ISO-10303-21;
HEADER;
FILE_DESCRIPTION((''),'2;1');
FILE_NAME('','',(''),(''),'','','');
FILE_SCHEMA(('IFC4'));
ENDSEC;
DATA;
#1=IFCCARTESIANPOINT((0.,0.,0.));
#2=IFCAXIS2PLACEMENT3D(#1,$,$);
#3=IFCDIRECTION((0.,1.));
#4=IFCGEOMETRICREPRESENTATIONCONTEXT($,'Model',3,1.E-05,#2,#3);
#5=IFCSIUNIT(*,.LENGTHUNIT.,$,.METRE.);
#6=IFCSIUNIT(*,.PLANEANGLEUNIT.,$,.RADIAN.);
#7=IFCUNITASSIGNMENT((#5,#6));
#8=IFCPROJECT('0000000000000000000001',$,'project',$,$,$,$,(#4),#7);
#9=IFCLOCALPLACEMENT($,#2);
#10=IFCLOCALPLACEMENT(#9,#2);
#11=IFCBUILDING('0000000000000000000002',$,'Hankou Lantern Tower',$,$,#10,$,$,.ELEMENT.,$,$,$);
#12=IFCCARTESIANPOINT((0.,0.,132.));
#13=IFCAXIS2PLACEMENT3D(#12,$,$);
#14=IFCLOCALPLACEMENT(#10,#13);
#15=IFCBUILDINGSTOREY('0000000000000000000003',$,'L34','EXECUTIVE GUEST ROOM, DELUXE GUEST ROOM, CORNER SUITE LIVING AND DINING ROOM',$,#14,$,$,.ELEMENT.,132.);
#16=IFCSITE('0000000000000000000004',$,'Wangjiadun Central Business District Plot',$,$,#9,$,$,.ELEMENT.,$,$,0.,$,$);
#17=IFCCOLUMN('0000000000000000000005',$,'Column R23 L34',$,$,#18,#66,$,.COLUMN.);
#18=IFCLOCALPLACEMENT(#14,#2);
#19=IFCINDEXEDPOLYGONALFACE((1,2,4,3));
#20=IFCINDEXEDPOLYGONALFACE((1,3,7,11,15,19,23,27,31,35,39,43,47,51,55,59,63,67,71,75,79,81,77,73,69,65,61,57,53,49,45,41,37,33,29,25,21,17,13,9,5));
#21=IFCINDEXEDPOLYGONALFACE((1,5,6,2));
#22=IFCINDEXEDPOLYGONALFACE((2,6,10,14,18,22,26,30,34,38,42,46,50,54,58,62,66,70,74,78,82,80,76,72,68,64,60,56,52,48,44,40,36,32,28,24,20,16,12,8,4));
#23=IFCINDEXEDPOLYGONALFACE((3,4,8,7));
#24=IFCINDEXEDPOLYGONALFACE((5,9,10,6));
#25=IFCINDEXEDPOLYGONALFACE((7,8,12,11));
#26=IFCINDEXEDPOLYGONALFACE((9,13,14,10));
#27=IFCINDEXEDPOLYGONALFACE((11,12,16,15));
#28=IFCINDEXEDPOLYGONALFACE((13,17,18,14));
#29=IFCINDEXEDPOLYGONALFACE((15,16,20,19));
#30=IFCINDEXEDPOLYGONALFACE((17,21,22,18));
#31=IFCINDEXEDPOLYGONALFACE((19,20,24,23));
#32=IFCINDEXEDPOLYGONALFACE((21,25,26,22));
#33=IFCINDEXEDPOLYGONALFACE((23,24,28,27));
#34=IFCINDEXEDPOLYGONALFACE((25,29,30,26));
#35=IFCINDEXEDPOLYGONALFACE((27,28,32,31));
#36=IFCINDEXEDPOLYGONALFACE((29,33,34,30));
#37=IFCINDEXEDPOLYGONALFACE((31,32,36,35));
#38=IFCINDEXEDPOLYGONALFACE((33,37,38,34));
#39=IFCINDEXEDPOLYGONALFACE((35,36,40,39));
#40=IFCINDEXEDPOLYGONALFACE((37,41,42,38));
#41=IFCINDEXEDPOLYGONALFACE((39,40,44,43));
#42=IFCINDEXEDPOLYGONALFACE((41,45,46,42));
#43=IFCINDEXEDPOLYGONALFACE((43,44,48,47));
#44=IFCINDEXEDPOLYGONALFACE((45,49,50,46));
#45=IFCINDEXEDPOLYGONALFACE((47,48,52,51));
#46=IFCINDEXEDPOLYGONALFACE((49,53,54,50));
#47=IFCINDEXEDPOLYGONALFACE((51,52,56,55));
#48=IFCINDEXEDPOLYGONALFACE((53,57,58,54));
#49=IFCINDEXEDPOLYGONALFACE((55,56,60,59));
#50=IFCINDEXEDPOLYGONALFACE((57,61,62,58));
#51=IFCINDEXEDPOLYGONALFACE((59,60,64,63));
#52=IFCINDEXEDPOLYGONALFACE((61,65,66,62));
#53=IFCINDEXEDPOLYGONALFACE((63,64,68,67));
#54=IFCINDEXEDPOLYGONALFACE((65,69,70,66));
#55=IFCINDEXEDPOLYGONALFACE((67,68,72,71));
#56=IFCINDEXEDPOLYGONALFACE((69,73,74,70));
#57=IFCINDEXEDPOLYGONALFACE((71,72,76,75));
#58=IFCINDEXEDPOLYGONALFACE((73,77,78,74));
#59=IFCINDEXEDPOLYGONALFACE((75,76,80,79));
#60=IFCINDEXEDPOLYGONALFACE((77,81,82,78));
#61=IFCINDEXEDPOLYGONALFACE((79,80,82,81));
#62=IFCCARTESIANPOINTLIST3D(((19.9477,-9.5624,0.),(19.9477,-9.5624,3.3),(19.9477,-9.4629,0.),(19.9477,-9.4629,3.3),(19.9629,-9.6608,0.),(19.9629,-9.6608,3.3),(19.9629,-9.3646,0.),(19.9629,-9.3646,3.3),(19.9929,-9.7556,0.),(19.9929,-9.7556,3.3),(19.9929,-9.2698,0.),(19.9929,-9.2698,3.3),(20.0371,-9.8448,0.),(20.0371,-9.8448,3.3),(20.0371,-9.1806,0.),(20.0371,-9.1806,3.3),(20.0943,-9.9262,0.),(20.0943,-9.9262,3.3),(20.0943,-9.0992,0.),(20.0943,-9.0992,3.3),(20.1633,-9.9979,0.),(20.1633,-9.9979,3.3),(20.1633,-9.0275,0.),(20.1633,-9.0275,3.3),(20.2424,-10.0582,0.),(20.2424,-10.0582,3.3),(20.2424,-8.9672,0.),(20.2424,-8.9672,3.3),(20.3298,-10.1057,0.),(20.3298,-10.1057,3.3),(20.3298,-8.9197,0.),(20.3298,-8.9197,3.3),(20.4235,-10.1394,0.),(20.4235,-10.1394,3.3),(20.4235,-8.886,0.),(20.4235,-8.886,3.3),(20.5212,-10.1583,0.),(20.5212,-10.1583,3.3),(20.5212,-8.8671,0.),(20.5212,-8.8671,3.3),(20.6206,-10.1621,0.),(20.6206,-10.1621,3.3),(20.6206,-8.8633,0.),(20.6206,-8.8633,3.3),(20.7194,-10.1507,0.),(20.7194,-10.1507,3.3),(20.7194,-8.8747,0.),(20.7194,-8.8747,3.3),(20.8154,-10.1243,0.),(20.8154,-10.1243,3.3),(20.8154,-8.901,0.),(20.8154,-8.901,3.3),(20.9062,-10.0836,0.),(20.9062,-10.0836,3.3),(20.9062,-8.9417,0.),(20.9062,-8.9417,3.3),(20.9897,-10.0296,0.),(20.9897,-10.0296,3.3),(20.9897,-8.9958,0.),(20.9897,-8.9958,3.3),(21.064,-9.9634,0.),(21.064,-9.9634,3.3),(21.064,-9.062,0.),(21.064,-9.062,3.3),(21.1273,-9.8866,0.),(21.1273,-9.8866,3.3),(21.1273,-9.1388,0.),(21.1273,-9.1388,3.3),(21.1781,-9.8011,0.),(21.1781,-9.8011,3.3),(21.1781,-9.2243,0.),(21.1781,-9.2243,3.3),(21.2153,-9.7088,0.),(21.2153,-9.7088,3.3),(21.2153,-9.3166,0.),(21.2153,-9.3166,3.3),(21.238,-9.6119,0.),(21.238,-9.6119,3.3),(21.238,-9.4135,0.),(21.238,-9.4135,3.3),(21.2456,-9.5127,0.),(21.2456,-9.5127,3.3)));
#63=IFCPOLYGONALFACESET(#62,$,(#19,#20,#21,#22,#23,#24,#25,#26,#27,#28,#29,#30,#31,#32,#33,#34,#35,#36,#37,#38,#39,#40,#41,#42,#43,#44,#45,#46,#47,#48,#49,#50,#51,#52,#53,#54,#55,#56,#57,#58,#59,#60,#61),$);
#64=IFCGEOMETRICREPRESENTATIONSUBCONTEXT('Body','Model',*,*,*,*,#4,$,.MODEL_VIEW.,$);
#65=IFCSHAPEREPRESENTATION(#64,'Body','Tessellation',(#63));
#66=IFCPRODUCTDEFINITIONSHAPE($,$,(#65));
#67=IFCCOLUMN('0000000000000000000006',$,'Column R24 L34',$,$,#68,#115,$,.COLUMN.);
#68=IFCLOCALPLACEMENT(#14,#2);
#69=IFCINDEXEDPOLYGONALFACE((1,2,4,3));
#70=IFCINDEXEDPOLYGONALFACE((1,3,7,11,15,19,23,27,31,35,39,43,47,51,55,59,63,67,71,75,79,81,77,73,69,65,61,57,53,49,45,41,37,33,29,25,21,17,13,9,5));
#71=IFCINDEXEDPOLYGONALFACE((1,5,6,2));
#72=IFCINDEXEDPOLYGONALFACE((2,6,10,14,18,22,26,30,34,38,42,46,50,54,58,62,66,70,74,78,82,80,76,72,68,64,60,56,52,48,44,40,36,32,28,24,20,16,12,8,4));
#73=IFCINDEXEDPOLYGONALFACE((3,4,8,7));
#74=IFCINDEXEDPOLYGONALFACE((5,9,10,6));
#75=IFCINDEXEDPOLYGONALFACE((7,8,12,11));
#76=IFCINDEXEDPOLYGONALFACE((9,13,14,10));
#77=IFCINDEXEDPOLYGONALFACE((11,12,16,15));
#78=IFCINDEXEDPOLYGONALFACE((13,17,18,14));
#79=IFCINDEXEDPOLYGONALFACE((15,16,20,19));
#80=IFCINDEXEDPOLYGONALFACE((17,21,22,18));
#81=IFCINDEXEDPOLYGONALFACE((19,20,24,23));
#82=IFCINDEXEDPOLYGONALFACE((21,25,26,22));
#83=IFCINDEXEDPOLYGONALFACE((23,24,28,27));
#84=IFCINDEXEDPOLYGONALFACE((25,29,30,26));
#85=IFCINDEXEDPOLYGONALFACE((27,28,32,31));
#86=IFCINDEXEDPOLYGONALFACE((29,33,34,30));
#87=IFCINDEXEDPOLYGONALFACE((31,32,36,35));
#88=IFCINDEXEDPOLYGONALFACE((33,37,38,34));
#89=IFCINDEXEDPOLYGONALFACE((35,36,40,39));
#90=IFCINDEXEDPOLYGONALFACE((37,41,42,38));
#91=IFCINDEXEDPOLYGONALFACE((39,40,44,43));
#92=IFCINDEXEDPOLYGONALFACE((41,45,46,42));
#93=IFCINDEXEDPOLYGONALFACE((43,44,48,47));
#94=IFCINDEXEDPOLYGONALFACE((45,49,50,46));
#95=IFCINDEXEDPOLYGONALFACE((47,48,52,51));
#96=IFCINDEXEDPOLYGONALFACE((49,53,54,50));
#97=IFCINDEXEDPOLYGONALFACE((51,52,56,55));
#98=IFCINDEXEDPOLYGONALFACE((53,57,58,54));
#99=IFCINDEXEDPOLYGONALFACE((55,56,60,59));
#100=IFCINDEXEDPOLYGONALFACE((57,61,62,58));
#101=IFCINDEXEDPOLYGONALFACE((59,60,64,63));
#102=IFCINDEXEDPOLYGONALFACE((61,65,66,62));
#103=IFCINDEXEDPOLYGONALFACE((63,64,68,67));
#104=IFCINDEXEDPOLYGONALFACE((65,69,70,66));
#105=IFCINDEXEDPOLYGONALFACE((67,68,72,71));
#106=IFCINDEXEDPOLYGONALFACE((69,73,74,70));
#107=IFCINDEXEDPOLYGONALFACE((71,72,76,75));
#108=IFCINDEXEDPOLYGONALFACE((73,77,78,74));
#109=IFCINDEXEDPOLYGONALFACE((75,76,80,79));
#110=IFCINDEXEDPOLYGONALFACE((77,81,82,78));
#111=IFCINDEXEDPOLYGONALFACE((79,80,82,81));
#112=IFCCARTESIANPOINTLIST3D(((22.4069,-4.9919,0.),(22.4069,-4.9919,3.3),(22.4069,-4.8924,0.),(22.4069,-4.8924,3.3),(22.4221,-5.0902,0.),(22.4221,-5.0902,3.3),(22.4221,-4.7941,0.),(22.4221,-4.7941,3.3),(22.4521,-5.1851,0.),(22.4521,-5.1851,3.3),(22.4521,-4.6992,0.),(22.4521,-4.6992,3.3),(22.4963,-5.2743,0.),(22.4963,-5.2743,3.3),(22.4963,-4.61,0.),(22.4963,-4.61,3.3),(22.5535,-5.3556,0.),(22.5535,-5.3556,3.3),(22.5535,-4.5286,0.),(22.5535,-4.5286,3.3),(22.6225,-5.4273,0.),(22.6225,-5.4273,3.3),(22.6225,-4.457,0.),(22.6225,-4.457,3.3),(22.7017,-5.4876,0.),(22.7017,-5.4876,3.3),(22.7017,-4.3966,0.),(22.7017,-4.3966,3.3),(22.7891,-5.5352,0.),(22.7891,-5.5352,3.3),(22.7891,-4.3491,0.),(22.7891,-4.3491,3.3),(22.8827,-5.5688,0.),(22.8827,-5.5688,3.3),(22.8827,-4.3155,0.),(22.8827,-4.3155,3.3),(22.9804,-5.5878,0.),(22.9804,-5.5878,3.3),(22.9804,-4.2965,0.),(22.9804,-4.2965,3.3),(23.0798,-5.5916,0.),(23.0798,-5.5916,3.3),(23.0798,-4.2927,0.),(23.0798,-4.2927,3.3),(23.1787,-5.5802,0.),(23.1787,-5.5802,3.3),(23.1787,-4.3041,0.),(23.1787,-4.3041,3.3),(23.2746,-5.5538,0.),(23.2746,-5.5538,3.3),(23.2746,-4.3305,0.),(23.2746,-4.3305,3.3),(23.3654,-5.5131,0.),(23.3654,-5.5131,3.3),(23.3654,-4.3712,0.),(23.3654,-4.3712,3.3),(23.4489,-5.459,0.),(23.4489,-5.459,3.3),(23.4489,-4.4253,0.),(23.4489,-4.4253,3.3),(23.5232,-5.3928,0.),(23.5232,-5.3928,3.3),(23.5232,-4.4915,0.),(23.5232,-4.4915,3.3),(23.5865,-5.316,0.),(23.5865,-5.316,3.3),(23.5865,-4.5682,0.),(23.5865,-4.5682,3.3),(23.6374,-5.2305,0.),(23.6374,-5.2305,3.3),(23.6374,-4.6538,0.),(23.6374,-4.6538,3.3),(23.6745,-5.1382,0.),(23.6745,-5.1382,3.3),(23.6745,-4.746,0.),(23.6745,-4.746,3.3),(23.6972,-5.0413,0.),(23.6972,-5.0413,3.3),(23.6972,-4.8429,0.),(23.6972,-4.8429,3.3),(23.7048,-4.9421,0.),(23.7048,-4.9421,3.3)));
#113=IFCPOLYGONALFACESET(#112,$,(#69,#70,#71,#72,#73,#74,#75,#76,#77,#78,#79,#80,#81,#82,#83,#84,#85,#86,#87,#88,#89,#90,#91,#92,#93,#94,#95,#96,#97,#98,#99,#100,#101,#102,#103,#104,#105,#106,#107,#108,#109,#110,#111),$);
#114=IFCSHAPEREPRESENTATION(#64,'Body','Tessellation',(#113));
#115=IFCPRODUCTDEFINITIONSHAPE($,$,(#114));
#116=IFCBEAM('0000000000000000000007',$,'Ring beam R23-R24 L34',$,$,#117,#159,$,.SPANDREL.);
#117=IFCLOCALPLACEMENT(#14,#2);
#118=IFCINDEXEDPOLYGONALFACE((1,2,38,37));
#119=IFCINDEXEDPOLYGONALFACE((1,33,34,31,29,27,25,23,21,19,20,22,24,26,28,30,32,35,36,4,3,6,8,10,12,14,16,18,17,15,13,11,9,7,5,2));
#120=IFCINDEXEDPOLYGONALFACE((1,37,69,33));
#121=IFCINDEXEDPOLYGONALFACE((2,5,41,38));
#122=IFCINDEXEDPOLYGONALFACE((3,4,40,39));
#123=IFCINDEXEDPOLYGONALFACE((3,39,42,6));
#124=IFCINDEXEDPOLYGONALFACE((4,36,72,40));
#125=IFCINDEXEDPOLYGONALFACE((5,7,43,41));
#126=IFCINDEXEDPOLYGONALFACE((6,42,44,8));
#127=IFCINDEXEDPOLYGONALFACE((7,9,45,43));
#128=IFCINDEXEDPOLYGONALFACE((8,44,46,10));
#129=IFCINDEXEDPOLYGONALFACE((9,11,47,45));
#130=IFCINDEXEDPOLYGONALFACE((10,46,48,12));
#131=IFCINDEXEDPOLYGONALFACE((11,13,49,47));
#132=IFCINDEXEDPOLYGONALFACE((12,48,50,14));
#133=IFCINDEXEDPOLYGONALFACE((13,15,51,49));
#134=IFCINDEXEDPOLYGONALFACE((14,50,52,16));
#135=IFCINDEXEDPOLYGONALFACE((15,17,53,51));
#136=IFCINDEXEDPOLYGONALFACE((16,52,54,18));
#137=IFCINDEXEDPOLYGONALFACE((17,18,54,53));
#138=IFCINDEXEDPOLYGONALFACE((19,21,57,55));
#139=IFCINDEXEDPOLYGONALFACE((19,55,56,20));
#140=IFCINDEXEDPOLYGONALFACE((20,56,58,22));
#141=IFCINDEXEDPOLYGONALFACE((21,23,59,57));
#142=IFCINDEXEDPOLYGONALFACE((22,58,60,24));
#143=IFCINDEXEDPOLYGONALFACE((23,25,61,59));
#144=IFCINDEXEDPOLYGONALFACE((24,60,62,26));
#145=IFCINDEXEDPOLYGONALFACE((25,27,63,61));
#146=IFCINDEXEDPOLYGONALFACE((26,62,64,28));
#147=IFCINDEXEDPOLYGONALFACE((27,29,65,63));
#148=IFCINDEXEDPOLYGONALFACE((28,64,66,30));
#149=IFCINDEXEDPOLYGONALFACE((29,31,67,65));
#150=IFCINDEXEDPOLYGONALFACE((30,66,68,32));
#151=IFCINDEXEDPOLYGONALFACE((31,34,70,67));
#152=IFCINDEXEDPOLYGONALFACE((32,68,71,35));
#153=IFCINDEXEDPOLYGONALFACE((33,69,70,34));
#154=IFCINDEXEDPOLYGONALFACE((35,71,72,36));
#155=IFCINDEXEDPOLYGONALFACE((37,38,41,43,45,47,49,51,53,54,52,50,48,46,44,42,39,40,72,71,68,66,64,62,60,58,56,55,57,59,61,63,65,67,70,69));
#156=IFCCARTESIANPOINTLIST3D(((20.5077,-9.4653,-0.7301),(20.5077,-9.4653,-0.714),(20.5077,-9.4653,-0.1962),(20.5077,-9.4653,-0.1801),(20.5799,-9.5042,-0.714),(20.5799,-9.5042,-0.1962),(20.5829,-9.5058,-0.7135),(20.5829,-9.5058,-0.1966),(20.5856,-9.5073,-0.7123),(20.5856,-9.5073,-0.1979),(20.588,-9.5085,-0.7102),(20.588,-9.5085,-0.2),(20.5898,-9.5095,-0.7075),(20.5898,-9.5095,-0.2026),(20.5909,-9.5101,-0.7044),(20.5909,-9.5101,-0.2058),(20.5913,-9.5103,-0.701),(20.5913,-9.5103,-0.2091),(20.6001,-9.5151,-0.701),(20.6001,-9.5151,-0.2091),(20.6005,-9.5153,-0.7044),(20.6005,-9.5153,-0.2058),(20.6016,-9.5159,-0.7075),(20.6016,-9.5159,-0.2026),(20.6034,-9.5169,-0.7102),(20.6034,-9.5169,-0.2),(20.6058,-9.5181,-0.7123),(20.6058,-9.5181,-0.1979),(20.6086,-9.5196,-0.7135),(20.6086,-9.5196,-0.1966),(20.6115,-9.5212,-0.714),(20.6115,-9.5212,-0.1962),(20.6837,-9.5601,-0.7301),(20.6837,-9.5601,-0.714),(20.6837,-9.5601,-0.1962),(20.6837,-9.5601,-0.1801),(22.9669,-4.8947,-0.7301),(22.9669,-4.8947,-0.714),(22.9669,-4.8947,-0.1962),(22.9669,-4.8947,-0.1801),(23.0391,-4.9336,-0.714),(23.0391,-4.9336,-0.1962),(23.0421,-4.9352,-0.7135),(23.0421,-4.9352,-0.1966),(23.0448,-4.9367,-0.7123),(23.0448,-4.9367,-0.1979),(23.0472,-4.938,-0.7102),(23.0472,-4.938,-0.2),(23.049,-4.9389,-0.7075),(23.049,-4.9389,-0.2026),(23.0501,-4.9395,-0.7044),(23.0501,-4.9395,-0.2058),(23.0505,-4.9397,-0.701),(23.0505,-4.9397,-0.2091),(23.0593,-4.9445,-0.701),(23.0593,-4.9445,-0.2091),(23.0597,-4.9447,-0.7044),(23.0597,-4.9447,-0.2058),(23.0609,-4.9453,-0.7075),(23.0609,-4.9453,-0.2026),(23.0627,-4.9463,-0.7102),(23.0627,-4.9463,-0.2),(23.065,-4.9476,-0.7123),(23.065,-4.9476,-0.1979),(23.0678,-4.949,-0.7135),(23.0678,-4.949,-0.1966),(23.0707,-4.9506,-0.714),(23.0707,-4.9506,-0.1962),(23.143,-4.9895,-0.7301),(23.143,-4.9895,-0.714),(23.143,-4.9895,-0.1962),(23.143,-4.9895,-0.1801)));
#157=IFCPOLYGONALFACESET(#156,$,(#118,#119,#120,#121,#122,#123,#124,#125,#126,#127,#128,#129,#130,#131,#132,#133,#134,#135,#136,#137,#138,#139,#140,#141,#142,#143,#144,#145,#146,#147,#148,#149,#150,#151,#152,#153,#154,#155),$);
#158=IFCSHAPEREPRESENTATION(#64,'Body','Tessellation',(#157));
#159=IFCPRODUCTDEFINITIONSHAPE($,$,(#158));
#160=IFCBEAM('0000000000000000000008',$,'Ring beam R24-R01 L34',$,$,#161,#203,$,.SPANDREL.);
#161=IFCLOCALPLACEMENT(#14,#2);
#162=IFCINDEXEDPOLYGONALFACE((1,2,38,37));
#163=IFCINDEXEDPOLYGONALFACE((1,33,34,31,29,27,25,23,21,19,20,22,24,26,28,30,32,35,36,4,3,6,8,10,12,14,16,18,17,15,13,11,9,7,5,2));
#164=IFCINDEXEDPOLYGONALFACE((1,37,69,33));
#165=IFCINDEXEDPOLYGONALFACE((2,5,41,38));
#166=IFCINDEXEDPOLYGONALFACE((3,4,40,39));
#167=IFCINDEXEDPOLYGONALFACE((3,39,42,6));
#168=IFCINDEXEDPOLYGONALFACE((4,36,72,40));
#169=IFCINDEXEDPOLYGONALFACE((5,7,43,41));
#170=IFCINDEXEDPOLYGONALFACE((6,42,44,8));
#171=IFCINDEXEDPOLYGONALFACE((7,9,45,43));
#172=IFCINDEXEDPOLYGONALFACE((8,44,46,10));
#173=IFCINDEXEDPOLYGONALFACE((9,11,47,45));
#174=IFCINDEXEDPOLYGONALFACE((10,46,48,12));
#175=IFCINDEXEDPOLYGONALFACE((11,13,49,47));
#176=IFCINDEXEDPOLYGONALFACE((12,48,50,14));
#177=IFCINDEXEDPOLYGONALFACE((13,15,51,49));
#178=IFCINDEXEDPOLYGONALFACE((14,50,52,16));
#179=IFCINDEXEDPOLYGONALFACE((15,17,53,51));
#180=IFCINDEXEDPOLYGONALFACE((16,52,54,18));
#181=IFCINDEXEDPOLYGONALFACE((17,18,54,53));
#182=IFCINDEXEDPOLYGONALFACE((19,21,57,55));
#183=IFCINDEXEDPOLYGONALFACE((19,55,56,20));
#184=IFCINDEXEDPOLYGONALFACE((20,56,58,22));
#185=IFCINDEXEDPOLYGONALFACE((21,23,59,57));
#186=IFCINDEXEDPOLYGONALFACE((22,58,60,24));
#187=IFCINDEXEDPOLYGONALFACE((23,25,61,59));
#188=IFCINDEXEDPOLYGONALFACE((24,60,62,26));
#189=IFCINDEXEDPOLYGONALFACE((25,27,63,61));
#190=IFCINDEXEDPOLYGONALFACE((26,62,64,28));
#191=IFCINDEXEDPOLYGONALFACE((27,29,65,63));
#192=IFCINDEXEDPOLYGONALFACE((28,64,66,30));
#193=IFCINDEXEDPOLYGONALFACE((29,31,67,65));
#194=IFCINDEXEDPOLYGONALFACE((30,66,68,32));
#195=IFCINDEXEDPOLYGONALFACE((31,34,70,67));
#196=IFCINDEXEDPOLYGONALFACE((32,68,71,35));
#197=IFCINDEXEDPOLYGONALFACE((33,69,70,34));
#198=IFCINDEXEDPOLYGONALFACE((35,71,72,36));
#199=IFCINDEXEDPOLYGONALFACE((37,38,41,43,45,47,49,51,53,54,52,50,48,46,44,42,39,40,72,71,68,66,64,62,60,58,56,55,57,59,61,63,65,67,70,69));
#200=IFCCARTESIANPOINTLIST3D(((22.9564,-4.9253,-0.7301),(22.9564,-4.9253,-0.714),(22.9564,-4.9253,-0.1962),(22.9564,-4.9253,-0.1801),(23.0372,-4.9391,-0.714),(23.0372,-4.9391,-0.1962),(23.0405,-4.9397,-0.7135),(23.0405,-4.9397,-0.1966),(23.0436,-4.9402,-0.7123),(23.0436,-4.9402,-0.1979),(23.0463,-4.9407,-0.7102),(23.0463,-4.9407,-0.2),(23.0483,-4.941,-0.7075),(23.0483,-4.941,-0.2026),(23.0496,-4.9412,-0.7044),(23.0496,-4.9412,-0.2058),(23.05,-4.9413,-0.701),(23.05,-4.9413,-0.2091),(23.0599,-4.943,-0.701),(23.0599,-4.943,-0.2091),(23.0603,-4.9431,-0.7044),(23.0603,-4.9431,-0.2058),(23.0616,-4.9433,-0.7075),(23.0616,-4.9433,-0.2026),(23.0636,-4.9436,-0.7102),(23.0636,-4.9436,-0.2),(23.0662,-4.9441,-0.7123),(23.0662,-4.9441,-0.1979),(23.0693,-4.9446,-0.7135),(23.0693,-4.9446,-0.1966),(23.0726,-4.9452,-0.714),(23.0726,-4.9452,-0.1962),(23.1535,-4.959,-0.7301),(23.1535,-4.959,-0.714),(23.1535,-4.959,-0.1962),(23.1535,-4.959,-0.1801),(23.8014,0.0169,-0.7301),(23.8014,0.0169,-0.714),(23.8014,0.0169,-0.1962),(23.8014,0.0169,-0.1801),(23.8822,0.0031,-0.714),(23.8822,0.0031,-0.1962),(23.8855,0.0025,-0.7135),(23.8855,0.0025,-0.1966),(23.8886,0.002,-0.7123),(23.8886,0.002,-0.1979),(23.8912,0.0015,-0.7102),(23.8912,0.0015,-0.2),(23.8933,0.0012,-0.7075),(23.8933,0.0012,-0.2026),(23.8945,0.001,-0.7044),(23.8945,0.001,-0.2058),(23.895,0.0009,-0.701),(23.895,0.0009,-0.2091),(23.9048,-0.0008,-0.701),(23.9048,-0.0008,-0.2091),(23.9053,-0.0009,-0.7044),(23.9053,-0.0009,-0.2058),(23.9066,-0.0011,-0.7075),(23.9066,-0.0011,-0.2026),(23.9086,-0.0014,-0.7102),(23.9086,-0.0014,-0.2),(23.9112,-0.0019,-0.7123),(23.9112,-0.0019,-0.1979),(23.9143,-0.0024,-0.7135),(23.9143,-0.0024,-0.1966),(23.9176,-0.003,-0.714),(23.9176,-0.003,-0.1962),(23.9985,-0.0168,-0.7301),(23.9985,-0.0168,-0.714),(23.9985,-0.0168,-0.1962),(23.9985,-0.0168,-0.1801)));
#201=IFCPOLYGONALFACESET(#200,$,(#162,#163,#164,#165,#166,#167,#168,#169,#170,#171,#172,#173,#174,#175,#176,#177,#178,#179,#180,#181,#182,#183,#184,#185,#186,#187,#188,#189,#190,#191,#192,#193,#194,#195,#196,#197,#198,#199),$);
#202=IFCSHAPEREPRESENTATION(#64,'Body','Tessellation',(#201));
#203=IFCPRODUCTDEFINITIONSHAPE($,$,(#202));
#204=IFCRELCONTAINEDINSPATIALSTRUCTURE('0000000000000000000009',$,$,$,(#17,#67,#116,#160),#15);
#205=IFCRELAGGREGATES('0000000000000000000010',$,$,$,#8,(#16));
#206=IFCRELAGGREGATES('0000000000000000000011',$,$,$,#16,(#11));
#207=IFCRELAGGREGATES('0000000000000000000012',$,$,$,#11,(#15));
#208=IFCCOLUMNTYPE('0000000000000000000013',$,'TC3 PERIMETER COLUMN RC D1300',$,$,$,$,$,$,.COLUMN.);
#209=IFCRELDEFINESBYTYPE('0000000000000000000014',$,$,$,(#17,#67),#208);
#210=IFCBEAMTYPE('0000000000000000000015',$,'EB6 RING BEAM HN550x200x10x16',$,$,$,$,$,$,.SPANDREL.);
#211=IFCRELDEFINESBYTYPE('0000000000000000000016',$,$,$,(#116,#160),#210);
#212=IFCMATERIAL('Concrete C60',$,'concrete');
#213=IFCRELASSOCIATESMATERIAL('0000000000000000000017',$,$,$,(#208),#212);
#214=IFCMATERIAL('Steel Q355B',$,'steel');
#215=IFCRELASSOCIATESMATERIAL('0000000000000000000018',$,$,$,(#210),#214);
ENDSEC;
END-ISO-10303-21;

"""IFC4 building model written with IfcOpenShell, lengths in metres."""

from ifc_helpers import new_model, si_unit, direction, frame, origin, origin_2d, place, context, subcontext, project, spatial, circle, i_section, extrude, material, material_profile, profile_set, type_object, element, save


model = new_model("IFC4")

# Units and contexts
model_context = context("Model", 3, precision=1e-05, world=origin(), true_north=direction((0.0, 1.0)))
body_context = subcontext(model_context, "Body", "Model", "MODEL_VIEW")
ifc_project = project(units=[si_unit("LENGTHUNIT", "METRE"), si_unit("PLANEANGLEUNIT", "RADIAN")], contexts=[model_context])

# Site, building, storey
site_placement = place(None, origin())
site = spatial("IfcSite", under=ifc_project, at=site_placement, Name="Wangjiadun Central Business District Plot", CompositionType="ELEMENT", RefElevation=0.0)
building_placement = place(site_placement, origin())
building = spatial("IfcBuilding", under=site, at=building_placement, Name="Hankou Lantern Tower", CompositionType="ELEMENT")
storey_placement = place(building_placement, frame((0.0, 0.0, 132.0)))
storey = spatial("IfcBuildingStorey", under=building, at=storey_placement, Name="L34", Description="EXECUTIVE GUEST ROOM, DELUXE GUEST ROOM, CORNER SUITE LIVING AND DINING ROOM", CompositionType="ELEMENT", Elevation=132.0)

# Columns
ifc_material_1 = material(Name="Concrete C60", Category="concrete")
ifc_material_profile_1 = material_profile(ifc_material_1, circle(Radius=0.6499, at=origin_2d()), Name="RC D1300")
ifc_profile_set_1 = profile_set([ifc_material_profile_1], Name="Concrete C60")
column_type = type_object("IfcColumnType", Name="TC3 PERIMETER COLUMN RC D1300", PredefinedType="COLUMN", material=ifc_profile_set_1)
for number, where, z_axis, x_axis, name in (
    (1, (20.5957, -9.5127, 0.0), (0.0, 0.0, 1.0), (1.0, 0.0, 0.0), "Column R23 L34"),
    (2, (23.0549, -4.9421, 0.0), (0.0, 0.0, 1.0), (1.0, 0.0, 0.0), "Column R24 L34"),
):
    element("IfcColumn", number, at=place(storey_placement, frame(where, z_axis=z_axis, x_axis=x_axis)), inside=storey, type_object=column_type, Name=name, PredefinedType="COLUMN", context=body_context, shape_type="SweptSolid", body=[
        extrude(circle(Radius=0.6499, at=origin_2d()), origin(), (0.0, 0.0, 1.0), 3.3),
    ])

# Beams
ifc_material_2 = material(Name="Steel Q355B", Category="steel")
ifc_material_profile_2 = material_profile(ifc_material_2, i_section(OverallWidth=0.2, OverallDepth=0.55, WebThickness=0.01, FlangeThickness=0.0161, FilletRadius=0.0129, at=origin_2d()), Name="HN550x200x10x16")
ifc_profile_set_2 = profile_set([ifc_material_profile_2], Name="Steel Q355B")
beam_type = type_object("IfcBeamType", Name="EB6 RING BEAM HN550x200x10x16", PredefinedType="SPANDREL", material=ifc_profile_set_2)
beam_1_placement = place(storey_placement, frame((20.5957, -9.5127, -0.4551), z_axis=(0.473825, 0.880619, 0.0), x_axis=(-0.880619, 0.473825, 0.0)))
element("IfcBeam", 3, at=beam_1_placement, inside=storey, type_object=beam_type, Name="Ring beam R23-R24 L34", PredefinedType="SPANDREL", context=body_context, shape_type="SweptSolid", body=[
    extrude(i_section(OverallWidth=0.2, OverallDepth=0.55, WebThickness=0.01, FlangeThickness=0.0161, FilletRadius=0.0129, at=origin_2d()), origin(), (0.0, 0.0, 1.0), 5.1902),
])
beam_2_placement = place(storey_placement, frame((23.0549, -4.9421, -0.4551), z_axis=(0.168527, 0.985697, 0.0), x_axis=(-0.985697, 0.168527, 0.0)))
element("IfcBeam", 4, at=beam_2_placement, inside=storey, type_object=beam_type, Name="Ring beam R24-R01 L34", PredefinedType="SPANDREL", context=body_context, shape_type="SweptSolid", body=[
    extrude(i_section(OverallWidth=0.2, OverallDepth=0.55, WebThickness=0.01, FlangeThickness=0.0161, FilletRadius=0.0129, at=origin_2d()), origin(), (0.0, 0.0, 1.0), 5.0139),
])

save(model, "model.ifc")
